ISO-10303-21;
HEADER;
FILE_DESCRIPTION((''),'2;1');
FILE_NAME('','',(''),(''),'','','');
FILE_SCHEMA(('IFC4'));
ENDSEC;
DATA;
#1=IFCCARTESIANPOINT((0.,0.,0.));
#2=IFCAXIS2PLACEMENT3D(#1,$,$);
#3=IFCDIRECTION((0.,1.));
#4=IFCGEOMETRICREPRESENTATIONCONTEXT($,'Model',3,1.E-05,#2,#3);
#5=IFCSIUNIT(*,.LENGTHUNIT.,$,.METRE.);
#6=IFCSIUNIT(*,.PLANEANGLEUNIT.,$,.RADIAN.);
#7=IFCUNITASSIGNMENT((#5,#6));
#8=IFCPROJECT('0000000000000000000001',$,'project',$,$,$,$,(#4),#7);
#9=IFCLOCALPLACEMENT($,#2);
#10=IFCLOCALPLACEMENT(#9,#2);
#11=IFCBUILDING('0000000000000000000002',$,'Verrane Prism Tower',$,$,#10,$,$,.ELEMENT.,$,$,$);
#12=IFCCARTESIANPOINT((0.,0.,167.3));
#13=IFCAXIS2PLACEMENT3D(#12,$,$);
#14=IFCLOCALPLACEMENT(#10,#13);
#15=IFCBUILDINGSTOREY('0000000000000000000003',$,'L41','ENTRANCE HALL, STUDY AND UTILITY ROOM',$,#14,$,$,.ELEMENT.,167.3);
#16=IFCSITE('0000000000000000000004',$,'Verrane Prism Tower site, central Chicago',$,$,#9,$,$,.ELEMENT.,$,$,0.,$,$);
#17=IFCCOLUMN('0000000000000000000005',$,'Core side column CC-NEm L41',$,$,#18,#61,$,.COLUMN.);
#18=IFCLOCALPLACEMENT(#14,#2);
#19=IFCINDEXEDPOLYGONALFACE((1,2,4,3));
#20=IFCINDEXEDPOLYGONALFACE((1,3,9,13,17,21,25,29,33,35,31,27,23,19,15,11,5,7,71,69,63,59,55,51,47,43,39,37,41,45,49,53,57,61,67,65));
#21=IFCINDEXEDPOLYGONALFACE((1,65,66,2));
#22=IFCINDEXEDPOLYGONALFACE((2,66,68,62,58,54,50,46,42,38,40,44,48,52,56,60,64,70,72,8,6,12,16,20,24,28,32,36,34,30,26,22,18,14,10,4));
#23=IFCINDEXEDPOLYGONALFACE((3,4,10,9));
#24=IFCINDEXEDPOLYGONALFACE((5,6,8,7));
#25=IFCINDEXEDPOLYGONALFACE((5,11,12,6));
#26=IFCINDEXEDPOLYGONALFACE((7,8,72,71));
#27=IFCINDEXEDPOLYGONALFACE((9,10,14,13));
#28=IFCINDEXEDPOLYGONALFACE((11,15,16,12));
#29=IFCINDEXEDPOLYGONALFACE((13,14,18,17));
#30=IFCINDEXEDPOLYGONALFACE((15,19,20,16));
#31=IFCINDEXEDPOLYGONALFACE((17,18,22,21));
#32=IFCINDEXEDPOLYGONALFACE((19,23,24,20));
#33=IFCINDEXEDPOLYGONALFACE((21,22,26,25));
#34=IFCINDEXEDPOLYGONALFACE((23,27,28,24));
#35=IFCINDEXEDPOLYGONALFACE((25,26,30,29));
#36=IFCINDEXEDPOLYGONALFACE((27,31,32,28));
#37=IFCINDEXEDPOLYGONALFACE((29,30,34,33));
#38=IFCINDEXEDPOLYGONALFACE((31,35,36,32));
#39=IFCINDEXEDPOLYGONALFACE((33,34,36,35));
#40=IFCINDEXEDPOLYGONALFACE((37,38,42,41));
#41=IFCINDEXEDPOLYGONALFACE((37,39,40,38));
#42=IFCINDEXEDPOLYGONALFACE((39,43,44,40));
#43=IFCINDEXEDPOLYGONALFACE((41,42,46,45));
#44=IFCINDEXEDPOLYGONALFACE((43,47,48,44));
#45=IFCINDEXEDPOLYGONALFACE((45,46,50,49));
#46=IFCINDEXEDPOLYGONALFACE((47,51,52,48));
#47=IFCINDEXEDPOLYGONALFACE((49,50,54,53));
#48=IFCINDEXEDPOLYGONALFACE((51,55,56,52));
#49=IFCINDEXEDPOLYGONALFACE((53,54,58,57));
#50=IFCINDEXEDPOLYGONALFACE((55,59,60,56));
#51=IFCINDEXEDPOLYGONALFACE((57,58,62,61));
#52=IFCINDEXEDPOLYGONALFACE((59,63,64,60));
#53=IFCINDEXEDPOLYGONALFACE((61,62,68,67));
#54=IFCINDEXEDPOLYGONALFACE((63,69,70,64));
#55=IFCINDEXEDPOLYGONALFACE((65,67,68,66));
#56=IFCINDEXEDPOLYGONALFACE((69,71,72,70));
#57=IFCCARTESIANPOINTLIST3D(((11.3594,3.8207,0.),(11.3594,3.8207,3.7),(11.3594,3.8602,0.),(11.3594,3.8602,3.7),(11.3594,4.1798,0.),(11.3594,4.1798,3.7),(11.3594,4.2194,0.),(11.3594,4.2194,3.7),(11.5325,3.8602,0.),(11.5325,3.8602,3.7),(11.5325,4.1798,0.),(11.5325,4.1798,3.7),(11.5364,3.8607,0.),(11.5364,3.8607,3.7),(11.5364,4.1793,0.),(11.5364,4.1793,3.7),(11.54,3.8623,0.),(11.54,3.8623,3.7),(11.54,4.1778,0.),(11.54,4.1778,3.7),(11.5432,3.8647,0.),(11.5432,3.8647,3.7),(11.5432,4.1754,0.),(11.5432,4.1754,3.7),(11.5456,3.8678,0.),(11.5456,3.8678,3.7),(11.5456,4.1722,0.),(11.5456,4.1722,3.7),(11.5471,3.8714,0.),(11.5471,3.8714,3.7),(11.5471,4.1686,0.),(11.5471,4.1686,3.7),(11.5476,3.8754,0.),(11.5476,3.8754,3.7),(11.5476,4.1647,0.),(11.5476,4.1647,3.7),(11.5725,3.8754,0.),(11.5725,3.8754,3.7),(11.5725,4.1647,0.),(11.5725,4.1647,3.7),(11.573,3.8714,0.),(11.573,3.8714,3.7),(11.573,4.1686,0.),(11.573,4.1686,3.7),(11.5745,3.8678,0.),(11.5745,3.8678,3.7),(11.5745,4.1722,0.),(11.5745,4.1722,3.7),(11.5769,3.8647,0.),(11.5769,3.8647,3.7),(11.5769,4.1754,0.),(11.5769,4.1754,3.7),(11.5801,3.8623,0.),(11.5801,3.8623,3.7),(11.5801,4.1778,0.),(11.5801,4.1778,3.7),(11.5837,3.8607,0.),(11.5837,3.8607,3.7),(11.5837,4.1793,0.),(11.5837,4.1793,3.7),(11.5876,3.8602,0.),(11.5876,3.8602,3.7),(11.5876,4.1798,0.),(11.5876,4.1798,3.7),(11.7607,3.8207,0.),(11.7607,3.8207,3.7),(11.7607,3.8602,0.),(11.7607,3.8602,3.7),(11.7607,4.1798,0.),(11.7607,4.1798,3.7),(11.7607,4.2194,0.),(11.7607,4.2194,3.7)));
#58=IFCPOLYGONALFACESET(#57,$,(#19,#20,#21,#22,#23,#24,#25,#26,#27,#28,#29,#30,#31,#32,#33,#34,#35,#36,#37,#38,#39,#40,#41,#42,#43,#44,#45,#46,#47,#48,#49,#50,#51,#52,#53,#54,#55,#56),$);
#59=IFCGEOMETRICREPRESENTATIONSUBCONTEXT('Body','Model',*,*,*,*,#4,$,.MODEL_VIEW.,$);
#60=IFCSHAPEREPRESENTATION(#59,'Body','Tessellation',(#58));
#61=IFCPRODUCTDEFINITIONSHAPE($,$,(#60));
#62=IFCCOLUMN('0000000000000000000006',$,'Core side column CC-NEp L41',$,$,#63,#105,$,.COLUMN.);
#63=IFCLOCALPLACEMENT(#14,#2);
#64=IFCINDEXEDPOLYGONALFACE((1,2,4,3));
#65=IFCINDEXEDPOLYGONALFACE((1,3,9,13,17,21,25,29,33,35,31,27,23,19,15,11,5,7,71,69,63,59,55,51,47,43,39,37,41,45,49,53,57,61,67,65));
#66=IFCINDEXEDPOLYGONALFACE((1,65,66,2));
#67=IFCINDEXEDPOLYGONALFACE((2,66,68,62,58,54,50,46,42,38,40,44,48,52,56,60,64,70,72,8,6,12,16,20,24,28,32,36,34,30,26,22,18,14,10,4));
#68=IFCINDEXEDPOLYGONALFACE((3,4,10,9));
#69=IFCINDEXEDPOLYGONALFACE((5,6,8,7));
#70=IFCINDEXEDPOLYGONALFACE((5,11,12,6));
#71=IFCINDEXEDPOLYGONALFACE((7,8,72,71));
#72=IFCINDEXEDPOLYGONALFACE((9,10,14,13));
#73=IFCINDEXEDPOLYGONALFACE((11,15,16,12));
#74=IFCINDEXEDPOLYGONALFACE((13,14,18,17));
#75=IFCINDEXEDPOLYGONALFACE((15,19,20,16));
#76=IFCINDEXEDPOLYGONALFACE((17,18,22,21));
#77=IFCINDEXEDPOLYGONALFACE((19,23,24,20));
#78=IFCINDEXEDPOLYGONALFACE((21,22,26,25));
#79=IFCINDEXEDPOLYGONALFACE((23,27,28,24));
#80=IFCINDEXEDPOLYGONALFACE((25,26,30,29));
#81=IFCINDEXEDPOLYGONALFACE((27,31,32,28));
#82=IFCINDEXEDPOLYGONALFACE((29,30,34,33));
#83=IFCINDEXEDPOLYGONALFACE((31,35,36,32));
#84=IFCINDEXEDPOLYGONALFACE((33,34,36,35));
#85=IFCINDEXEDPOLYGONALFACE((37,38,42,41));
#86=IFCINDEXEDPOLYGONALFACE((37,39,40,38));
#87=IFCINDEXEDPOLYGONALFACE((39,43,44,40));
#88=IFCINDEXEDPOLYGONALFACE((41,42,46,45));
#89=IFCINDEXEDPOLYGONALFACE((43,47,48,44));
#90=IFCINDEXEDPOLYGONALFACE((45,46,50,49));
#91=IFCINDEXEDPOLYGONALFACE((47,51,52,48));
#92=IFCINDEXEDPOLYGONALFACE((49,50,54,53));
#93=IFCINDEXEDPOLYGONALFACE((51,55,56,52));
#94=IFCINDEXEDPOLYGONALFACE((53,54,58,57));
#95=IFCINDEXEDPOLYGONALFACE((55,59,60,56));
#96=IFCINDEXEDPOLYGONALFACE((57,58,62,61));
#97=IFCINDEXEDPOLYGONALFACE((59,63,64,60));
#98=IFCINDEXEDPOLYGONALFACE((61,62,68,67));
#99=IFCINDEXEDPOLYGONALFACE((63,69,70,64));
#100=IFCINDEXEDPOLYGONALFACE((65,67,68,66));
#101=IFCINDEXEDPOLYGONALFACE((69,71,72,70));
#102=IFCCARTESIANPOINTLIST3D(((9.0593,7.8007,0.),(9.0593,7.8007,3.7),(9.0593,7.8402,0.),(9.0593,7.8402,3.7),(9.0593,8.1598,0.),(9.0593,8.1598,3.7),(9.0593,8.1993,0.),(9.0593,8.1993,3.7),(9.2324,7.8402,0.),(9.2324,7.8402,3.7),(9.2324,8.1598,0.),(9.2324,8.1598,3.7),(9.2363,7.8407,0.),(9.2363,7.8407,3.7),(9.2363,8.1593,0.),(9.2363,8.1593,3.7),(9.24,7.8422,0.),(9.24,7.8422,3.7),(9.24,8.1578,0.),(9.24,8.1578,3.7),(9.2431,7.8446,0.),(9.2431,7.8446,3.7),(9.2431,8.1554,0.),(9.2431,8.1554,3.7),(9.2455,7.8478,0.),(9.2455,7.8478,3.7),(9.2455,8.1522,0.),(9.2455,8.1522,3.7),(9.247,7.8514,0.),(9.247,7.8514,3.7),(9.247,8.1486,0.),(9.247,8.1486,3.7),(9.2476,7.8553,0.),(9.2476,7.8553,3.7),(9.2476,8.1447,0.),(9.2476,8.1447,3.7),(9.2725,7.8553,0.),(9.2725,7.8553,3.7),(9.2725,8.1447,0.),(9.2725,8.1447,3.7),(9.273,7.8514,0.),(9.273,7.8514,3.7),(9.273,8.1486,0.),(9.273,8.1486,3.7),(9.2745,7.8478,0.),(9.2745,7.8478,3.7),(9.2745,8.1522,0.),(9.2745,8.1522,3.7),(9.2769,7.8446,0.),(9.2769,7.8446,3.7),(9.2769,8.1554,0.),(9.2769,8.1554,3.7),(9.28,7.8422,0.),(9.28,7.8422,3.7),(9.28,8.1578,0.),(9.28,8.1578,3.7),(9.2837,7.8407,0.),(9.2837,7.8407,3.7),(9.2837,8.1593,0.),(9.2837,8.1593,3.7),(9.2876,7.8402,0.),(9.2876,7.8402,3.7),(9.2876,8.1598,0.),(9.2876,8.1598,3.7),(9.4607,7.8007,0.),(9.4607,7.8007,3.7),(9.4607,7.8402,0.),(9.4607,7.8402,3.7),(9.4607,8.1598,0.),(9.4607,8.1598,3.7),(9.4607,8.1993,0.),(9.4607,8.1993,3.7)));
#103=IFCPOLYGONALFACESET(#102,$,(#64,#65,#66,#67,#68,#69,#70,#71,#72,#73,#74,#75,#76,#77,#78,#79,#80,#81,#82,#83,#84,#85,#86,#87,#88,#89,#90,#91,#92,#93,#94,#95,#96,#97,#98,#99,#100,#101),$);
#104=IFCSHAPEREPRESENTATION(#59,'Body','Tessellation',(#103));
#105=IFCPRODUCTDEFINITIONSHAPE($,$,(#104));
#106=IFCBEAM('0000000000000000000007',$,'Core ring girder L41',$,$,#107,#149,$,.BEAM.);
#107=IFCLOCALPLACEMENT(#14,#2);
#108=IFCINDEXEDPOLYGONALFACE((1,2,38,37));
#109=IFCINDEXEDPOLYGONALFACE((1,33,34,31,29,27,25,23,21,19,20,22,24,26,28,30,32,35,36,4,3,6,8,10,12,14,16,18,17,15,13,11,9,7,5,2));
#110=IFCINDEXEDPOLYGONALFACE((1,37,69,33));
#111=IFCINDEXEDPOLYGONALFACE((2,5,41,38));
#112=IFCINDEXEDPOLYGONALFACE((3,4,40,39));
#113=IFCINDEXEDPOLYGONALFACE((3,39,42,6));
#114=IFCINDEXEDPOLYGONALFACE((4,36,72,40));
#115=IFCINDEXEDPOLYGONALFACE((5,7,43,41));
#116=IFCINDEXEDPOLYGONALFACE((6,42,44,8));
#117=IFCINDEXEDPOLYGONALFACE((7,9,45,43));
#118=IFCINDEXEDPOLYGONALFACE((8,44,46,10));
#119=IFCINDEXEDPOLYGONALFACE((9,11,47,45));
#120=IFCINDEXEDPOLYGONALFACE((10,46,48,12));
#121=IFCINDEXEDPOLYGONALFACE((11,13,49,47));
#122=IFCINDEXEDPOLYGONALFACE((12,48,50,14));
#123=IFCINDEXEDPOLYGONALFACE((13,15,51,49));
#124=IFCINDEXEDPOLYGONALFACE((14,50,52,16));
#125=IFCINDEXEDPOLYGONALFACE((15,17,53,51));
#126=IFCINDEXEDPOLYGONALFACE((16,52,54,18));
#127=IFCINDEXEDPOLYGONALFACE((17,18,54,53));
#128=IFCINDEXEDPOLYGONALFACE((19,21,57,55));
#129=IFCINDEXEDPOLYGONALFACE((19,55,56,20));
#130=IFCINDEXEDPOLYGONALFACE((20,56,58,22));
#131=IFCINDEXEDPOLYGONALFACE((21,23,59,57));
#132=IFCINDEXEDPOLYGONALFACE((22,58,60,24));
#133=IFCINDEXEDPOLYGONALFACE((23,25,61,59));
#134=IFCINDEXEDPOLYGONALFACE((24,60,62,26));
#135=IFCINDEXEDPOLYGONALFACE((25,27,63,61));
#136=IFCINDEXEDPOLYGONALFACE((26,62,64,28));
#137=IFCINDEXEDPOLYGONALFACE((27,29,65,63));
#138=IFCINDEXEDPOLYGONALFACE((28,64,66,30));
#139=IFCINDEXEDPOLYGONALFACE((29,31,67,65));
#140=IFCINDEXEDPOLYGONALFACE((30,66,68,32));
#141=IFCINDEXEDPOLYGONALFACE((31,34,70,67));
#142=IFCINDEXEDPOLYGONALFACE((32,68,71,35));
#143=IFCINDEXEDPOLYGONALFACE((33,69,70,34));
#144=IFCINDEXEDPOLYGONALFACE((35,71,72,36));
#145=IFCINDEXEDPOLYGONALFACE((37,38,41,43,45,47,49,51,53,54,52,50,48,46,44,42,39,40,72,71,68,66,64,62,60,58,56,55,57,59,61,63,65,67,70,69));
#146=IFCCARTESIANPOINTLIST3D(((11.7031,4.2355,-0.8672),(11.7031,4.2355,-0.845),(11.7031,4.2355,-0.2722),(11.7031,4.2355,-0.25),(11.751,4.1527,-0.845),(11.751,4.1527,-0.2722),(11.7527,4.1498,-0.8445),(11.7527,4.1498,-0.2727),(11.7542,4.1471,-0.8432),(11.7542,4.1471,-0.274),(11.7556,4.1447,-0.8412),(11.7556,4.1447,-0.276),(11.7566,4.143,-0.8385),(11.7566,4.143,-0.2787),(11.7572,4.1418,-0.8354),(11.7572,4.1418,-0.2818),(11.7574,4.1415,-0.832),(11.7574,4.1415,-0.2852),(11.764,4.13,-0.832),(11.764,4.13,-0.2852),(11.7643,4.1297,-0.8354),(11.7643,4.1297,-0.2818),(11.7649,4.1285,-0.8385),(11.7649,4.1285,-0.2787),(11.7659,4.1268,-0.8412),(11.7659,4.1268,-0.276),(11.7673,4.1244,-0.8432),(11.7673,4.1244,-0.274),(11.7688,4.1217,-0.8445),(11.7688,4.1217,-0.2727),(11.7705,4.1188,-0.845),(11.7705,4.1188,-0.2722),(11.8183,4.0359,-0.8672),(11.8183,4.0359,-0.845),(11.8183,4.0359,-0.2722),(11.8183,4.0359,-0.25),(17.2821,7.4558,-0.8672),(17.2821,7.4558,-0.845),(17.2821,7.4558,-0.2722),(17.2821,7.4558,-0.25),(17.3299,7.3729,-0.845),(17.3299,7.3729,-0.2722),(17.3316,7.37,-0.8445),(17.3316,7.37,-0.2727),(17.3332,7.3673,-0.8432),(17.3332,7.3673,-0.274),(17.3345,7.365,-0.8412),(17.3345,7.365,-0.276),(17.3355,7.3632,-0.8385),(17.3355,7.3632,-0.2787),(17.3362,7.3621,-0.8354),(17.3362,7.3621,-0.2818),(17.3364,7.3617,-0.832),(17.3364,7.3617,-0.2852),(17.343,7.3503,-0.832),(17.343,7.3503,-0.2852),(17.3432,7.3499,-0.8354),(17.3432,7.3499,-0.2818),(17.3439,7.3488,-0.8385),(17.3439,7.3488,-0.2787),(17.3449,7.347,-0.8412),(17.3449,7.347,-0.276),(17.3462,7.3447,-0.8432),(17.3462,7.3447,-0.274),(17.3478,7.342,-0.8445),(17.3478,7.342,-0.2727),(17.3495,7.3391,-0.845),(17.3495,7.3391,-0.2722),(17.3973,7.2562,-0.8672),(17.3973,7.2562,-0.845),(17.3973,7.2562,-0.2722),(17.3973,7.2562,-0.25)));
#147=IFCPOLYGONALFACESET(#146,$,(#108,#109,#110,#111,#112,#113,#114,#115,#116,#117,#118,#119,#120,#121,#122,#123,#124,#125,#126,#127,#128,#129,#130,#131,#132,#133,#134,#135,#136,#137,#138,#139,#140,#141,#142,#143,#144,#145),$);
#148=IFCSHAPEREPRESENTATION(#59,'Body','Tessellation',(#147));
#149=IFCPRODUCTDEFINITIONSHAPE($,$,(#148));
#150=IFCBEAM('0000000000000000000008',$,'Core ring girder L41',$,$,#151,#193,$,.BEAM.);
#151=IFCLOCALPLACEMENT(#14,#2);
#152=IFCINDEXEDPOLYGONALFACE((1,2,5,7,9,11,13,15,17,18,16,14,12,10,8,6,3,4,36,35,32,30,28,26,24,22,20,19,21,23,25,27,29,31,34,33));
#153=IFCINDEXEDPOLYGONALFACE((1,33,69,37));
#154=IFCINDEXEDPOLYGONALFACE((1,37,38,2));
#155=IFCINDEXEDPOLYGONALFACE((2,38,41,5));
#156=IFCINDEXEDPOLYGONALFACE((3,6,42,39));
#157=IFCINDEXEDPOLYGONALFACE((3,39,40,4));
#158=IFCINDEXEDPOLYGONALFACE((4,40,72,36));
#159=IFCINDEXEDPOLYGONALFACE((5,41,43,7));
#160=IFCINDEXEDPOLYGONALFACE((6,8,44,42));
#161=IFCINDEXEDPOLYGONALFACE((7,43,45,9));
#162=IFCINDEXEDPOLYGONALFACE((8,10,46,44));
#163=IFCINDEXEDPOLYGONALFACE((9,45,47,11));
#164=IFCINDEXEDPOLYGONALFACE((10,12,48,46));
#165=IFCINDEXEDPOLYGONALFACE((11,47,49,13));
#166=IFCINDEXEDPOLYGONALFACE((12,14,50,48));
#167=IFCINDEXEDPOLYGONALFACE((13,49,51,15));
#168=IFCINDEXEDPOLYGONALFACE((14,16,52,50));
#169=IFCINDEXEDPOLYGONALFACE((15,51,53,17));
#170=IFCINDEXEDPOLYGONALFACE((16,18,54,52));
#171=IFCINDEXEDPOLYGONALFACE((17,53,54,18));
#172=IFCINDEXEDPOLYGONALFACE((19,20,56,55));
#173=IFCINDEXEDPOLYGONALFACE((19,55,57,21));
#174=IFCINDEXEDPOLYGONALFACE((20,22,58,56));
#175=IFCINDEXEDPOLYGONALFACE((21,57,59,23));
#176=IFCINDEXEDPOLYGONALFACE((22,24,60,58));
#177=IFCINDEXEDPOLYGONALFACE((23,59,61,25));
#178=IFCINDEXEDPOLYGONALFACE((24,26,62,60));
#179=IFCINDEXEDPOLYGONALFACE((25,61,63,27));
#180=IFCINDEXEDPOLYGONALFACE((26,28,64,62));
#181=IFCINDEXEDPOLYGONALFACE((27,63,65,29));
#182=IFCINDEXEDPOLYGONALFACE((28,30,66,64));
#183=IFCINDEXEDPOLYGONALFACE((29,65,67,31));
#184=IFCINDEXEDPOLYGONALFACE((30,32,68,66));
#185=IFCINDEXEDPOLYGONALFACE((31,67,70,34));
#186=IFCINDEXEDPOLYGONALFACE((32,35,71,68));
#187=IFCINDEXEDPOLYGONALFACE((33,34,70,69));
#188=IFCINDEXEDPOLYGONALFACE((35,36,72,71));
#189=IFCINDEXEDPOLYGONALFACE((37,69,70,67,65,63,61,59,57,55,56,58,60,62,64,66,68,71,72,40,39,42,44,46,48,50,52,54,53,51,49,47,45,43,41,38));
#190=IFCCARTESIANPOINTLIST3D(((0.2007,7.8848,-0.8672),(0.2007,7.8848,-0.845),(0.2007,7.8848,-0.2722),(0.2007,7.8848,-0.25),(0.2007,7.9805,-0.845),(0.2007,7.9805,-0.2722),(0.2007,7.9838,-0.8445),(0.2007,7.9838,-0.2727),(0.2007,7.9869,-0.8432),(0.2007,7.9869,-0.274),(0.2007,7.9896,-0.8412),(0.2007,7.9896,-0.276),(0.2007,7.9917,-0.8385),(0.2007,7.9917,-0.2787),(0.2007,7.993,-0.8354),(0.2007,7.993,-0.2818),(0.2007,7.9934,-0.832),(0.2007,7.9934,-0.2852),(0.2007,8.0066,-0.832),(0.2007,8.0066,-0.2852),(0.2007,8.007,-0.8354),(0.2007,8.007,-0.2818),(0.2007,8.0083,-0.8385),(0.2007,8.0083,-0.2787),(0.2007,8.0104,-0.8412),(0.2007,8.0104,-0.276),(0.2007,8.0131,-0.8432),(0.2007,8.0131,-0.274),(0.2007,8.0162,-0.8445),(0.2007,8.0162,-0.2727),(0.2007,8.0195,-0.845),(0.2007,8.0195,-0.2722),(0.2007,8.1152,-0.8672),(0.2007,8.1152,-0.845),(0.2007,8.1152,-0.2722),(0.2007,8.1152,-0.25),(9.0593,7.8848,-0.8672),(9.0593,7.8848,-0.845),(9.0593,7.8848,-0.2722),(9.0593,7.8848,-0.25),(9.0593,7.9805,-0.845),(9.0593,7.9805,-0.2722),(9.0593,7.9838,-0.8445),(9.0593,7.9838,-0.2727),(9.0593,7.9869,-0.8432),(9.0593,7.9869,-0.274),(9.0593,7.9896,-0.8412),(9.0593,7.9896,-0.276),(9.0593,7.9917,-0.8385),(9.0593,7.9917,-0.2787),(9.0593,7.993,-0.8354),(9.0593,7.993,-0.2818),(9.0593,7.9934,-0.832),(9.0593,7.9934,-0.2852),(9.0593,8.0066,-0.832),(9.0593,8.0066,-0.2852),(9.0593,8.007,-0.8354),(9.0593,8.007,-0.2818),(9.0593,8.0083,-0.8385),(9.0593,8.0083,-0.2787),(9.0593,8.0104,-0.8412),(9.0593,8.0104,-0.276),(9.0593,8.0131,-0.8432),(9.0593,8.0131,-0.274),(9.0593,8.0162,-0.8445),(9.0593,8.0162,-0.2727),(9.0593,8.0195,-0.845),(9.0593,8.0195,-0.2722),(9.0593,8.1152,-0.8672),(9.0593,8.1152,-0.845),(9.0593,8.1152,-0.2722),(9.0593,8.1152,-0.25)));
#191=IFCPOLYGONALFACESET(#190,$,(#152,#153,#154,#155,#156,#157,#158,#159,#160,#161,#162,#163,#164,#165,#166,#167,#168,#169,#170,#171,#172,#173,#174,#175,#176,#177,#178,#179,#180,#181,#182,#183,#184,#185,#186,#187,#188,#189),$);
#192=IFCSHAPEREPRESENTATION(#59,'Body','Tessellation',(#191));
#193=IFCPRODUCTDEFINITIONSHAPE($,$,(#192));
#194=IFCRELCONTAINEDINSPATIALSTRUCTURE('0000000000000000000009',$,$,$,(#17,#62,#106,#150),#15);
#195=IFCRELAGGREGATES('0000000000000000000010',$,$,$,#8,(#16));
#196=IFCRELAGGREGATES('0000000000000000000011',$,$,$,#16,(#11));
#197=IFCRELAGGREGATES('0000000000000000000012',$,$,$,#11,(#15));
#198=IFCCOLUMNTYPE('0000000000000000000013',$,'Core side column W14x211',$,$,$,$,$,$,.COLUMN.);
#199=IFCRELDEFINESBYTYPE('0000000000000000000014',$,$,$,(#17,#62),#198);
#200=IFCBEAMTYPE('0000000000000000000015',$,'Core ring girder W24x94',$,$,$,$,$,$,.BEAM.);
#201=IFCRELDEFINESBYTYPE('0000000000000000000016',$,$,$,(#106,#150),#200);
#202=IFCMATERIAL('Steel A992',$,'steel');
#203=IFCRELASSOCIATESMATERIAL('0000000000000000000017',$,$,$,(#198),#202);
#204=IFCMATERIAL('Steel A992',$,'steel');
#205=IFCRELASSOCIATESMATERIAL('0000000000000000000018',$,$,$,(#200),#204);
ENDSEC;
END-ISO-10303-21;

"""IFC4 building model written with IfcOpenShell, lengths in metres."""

from ifc_helpers import new_model, si_unit, direction, frame, origin, origin_2d, place, context, subcontext, project, spatial, i_section, extrude, material, material_profile, profile_set, type_object, element, save


model = new_model("IFC4")

# Units and contexts
model_context = context("Model", 3, precision=1e-05, world=origin(), true_north=direction((0.0, 1.0)))
body_context = subcontext(model_context, "Body", "Model", "MODEL_VIEW")
ifc_project = project(units=[si_unit("LENGTHUNIT", "METRE"), si_unit("PLANEANGLEUNIT", "RADIAN")], contexts=[model_context])

# Site, building, storey
site_placement = place(None, origin())
site = spatial("IfcSite", under=ifc_project, at=site_placement, Name="Verrane Prism Tower site, central Chicago", CompositionType="ELEMENT", RefElevation=0.0)
building_placement = place(site_placement, origin())
building = spatial("IfcBuilding", under=site, at=building_placement, Name="Verrane Prism Tower", CompositionType="ELEMENT")
storey_placement = place(building_placement, frame((0.0, 0.0, 167.3)))
storey = spatial("IfcBuildingStorey", under=building, at=storey_placement, Name="L41", Description="ENTRANCE HALL, STUDY AND UTILITY ROOM", CompositionType="ELEMENT", Elevation=167.3)

# Columns
ifc_material_1 = material(Name="Steel A992", Category="steel")
ifc_material_profile_1 = material_profile(ifc_material_1, i_section(OverallWidth=0.4014, OverallDepth=0.3987, WebThickness=0.0249, FlangeThickness=0.0396, FilletRadius=0.0151, at=origin_2d()), Name="W14x211")
ifc_profile_set_1 = profile_set([ifc_material_profile_1], Name="Steel A992")
column_type = type_object("IfcColumnType", Name="Core side column W14x211", PredefinedType="COLUMN", material=ifc_profile_set_1)
for number, where, z_axis, x_axis, name in (
    (1, (11.5601, 4.02, 0.0), (0.0, 0.0, 1.0), (1.0, 0.0, 0.0), "Core side column CC-NEm L41"),
    (2, (9.26, 8.0, 0.0), (0.0, 0.0, 1.0), (1.0, 0.0, 0.0), "Core side column CC-NEp L41"),
):
    element("IfcColumn", number, at=place(storey_placement, frame(where, z_axis=z_axis, x_axis=x_axis)), inside=storey, type_object=column_type, Name=name, PredefinedType="COLUMN", context=body_context, shape_type="SweptSolid", body=[
        extrude(i_section(OverallWidth=0.4014, OverallDepth=0.3987, WebThickness=0.0249, FlangeThickness=0.0396, FilletRadius=0.0151, at=origin_2d()), origin(), (0.0, 0.0, 1.0), 3.7),
    ])

# Beams
ifc_material_2 = material(Name="Steel A992", Category="steel")
ifc_material_profile_2 = material_profile(ifc_material_2, i_section(OverallWidth=0.2305, OverallDepth=0.6172, WebThickness=0.0132, FlangeThickness=0.0222, FilletRadius=0.0129, at=origin_2d()), Name="W24x94")
ifc_profile_set_2 = profile_set([ifc_material_profile_2], Name="Steel A992")
beam_type_1 = type_object("IfcBeamType", Name="Core ring girder W24x94", PredefinedType="BEAM", material=ifc_profile_set_2)
beam_1_placement = place(storey_placement, frame((11.7607, 4.1357, -0.5586), z_axis=(0.866075, 0.499914, 0.0), x_axis=(-0.499914, 0.866075, 0.0)))
element("IfcBeam", 3, at=beam_1_placement, inside=storey, type_object=beam_type_1, Name="Core ring girder L41", PredefinedType="BEAM", context=body_context, shape_type="SweptSolid", body=[
    extrude(i_section(OverallWidth=0.2305, OverallDepth=0.6172, WebThickness=0.0132, FlangeThickness=0.0222, FilletRadius=0.0129, at=origin_2d()), origin(), (0.0, 0.0, 1.0), 6.4417),
])
beam_2_placement = place(storey_placement, frame((9.0593, 8.0, -0.5586), z_axis=(-1.0, 0.0, 0.0), x_axis=(0.0, -1.0, 0.0)))
element("IfcBeam", 4, at=beam_2_placement, inside=storey, type_object=beam_type_1, Name="Core ring girder L41", PredefinedType="BEAM", context=body_context, shape_type="SweptSolid", body=[
    extrude(i_section(OverallWidth=0.2305, OverallDepth=0.6172, WebThickness=0.0132, FlangeThickness=0.0222, FilletRadius=0.0129, at=origin_2d()), origin(), (0.0, 0.0, 1.0), 8.8586),
])

save(model, "model.ifc")
